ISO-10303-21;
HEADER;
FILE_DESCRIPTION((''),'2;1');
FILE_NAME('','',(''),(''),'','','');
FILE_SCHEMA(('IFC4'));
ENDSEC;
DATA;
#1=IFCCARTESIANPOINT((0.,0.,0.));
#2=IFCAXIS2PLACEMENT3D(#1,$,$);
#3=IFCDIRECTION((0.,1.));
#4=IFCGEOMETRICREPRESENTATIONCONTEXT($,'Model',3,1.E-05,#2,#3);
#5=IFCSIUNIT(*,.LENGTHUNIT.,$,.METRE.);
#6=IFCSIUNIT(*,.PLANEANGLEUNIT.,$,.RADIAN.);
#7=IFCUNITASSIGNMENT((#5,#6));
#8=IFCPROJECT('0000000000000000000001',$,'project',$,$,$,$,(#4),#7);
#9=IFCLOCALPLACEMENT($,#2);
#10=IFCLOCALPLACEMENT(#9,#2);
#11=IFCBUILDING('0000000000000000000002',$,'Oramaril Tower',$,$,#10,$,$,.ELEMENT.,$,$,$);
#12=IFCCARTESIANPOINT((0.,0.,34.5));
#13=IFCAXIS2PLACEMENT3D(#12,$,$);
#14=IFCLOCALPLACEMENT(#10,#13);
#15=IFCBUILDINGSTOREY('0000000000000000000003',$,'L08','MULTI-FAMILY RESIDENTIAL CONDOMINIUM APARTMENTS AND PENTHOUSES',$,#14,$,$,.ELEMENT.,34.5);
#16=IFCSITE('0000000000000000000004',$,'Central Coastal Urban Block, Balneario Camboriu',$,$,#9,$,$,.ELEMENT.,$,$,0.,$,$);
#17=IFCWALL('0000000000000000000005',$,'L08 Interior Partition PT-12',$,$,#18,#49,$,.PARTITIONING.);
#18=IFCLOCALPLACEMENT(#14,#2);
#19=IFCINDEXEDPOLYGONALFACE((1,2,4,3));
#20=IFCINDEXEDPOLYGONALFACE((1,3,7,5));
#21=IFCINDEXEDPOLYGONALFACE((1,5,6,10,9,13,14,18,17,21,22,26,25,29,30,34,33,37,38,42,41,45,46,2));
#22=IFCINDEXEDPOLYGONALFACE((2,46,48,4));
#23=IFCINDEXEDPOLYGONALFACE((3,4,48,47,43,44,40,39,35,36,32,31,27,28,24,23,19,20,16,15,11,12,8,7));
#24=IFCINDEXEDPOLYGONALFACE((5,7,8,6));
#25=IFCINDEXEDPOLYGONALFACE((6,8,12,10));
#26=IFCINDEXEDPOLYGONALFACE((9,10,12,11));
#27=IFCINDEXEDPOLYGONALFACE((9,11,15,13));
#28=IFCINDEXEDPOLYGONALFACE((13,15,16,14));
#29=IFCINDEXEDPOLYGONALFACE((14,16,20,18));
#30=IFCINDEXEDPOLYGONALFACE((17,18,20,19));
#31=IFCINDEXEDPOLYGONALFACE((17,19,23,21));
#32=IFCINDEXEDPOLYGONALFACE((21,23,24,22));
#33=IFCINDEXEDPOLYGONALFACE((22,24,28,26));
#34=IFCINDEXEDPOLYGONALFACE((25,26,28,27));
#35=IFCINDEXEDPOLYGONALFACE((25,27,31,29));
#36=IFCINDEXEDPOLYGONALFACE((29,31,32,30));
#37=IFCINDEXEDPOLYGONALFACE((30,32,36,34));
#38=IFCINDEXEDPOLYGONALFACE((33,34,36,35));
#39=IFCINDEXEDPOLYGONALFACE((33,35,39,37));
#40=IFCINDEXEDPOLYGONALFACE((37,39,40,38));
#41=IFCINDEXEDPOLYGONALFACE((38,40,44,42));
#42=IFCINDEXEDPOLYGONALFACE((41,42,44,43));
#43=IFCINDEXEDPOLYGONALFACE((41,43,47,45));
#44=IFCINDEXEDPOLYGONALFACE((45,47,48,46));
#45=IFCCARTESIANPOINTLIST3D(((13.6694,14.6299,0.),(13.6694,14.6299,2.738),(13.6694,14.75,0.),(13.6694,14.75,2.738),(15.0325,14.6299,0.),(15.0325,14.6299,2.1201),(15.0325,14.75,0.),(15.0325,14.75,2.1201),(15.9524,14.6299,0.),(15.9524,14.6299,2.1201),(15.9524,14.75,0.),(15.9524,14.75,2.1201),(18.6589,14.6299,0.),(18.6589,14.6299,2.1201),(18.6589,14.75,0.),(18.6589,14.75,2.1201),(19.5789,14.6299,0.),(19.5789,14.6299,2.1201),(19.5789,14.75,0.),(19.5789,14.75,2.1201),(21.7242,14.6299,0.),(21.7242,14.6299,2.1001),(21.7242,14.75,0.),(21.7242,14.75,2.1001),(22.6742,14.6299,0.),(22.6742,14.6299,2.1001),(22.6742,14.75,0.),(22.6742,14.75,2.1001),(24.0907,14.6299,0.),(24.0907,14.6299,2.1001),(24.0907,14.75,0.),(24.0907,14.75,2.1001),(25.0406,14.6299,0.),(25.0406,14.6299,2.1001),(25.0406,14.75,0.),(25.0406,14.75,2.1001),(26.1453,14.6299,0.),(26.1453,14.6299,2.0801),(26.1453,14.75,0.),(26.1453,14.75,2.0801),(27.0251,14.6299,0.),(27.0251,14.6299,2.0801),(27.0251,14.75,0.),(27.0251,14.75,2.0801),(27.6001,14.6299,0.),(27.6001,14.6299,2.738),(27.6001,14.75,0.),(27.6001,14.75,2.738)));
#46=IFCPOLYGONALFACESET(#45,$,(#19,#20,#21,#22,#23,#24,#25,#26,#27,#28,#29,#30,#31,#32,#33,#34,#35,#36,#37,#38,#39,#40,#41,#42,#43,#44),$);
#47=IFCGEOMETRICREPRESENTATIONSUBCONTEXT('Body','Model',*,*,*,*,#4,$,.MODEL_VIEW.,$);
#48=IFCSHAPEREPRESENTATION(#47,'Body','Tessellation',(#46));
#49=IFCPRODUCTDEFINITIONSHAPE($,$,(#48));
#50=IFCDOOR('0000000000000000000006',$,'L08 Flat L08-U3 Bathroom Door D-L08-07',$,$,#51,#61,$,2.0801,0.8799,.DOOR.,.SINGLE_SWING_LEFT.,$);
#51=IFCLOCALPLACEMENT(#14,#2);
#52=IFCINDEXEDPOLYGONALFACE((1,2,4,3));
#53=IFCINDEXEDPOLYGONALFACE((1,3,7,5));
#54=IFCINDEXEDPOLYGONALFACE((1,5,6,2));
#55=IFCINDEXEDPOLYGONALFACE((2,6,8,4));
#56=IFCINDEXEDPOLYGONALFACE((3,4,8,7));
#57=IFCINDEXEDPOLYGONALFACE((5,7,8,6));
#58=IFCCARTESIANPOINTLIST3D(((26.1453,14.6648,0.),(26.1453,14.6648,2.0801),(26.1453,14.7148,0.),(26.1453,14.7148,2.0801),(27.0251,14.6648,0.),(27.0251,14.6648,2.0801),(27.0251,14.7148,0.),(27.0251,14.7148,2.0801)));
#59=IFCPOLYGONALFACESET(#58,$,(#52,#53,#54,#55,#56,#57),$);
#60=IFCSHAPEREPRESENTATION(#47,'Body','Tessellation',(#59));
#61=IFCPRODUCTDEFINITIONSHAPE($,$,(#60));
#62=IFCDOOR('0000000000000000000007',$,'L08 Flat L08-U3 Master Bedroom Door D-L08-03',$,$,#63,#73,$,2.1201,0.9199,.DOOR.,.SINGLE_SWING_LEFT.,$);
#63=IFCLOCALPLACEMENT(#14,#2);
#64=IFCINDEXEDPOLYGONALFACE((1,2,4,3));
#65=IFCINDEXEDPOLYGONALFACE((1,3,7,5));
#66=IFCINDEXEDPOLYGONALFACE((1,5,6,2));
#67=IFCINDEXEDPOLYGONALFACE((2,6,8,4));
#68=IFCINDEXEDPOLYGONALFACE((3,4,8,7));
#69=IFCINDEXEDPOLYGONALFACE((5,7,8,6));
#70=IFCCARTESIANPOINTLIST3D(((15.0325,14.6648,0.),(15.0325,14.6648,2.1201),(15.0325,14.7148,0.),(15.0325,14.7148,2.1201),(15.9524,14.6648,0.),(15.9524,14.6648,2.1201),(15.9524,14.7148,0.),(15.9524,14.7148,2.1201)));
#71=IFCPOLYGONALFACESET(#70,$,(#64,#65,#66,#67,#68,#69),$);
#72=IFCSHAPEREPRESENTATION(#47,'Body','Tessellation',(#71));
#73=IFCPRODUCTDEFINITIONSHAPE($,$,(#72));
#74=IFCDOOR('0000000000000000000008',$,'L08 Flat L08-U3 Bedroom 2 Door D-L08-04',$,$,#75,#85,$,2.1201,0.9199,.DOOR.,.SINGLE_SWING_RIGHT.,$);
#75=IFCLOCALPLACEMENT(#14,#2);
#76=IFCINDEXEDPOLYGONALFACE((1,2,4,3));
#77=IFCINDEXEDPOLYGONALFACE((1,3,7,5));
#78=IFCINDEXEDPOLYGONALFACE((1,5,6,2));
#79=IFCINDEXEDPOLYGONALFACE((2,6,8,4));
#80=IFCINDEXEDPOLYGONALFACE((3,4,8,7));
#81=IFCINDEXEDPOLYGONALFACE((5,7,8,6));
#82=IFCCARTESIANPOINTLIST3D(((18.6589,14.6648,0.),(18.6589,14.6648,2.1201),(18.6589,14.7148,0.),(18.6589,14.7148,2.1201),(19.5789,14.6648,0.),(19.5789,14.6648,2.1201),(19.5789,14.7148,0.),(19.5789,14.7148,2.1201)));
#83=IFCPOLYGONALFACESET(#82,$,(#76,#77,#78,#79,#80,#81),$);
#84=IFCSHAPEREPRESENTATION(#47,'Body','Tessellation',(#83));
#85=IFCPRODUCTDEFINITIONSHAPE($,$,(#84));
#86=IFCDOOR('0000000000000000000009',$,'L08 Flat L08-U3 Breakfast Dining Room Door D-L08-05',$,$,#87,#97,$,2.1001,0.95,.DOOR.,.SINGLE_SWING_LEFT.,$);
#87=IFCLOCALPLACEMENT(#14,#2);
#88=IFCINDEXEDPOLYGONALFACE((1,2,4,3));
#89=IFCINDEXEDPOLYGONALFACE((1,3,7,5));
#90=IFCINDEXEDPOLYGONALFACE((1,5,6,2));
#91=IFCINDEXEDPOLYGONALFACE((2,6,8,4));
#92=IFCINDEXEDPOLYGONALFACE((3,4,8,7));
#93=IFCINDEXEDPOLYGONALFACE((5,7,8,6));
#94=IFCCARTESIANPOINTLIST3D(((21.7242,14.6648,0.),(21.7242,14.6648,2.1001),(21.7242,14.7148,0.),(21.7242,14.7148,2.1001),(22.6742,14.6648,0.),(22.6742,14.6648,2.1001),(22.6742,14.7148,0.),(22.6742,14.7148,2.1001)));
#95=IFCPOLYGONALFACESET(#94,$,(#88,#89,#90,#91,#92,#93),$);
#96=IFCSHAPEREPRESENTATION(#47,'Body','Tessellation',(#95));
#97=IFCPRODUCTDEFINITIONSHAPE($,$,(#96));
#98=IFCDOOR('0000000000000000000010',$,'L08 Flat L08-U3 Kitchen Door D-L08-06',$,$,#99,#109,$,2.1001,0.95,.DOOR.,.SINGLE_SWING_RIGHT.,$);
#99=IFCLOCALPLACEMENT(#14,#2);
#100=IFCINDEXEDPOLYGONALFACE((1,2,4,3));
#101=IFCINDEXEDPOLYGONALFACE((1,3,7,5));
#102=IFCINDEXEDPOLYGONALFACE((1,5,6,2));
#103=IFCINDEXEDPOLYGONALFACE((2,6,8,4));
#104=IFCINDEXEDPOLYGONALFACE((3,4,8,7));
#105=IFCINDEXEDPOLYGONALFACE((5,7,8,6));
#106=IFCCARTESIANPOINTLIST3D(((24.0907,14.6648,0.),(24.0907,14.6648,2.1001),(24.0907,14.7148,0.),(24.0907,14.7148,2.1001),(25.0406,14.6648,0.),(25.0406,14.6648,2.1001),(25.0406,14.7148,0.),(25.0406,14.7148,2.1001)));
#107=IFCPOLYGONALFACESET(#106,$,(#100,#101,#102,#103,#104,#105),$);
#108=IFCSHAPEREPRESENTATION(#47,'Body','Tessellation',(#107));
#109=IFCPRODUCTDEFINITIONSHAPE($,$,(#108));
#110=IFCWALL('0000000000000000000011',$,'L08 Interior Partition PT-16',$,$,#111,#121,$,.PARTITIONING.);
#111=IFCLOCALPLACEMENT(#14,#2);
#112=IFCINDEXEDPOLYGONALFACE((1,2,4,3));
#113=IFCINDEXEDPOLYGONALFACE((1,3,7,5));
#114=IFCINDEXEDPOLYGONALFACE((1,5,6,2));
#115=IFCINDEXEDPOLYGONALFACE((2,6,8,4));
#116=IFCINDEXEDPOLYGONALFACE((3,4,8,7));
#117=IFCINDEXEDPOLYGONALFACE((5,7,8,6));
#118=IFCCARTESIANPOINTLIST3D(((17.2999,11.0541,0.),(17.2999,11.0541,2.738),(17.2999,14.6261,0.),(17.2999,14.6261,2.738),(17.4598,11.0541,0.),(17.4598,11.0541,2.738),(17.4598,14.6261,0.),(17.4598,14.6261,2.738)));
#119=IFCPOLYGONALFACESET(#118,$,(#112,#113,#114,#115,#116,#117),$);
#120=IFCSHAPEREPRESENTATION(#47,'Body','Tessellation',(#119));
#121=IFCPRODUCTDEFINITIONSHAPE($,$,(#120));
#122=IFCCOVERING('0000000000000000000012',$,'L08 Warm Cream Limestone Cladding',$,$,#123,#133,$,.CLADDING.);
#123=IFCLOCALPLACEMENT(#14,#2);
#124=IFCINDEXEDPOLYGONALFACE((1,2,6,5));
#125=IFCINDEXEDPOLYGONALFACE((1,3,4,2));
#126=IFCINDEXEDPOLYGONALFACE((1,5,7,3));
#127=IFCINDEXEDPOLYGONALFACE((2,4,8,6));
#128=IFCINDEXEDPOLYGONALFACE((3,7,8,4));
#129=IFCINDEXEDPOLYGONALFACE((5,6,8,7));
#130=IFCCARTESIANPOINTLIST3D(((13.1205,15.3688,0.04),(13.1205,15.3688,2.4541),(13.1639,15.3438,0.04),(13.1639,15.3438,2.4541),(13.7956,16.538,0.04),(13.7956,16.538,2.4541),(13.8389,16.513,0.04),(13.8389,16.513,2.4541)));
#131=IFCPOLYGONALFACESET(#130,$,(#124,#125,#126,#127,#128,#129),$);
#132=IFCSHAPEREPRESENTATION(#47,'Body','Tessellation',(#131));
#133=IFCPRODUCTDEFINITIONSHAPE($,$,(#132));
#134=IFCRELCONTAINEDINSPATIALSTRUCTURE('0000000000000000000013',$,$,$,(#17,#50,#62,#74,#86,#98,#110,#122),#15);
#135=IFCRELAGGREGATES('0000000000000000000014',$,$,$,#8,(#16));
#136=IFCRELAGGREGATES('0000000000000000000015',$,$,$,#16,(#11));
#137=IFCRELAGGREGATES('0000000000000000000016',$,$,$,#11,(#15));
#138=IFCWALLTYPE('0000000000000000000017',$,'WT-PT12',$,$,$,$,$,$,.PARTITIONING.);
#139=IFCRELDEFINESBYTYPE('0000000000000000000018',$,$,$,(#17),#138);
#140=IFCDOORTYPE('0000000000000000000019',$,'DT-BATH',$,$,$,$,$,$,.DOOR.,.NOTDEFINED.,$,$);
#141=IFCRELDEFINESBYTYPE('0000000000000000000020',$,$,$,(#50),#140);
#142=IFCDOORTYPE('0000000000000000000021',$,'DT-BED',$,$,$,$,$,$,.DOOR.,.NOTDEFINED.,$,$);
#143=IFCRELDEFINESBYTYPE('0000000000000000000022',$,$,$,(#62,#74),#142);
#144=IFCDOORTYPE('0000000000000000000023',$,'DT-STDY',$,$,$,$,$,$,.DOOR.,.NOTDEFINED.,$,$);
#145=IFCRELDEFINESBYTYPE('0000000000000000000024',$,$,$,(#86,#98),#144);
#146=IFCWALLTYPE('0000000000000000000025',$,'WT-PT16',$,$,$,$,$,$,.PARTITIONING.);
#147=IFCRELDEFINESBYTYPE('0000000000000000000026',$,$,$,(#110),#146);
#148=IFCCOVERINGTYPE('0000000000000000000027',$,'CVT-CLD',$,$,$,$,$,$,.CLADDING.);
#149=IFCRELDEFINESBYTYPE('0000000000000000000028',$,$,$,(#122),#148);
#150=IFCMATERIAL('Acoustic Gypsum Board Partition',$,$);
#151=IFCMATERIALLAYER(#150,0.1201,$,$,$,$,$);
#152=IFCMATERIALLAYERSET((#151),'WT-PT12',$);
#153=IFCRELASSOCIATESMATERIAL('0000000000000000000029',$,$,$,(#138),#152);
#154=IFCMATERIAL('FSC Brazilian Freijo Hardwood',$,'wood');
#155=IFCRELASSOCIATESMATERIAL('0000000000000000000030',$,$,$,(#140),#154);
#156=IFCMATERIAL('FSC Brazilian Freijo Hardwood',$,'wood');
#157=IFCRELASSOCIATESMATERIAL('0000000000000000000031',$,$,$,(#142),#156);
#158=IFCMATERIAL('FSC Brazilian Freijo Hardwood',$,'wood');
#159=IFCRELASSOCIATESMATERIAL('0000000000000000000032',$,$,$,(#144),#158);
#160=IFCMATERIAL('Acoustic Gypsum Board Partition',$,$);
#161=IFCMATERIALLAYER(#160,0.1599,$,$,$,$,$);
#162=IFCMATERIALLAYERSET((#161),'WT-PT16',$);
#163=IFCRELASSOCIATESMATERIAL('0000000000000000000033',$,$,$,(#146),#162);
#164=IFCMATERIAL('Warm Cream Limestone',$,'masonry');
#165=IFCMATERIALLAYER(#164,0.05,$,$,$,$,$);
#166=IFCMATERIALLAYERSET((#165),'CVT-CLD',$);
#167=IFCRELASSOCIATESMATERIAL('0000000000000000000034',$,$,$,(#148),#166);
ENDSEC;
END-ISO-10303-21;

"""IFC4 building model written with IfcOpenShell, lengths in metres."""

from ifc_helpers import new_model, si_unit, direction, frame, frame_2d, origin, origin_2d, place, context, subcontext, project, spatial, rectangle, extrude, material, layer, layer_set, type_object, element, fill, save


model = new_model("IFC4")

# Units and contexts
model_context = context("Model", 3, precision=1e-05, world=origin(), true_north=direction((0.0, 1.0)))
body_context = subcontext(model_context, "Body", "Model", "MODEL_VIEW")
ifc_project = project(units=[si_unit("LENGTHUNIT", "METRE"), si_unit("PLANEANGLEUNIT", "RADIAN")], contexts=[model_context])

# Site, building, storey
site_placement = place(None, origin())
site = spatial("IfcSite", under=ifc_project, at=site_placement, Name="Central Coastal Urban Block, Balneario Camboriu", CompositionType="ELEMENT", RefElevation=0.0)
building_placement = place(site_placement, origin())
building = spatial("IfcBuilding", under=site, at=building_placement, Name="Oramaril Tower", CompositionType="ELEMENT")
storey_placement = place(building_placement, frame((0.0, 0.0, 34.5)))
storey = spatial("IfcBuildingStorey", under=building, at=storey_placement, Name="L08", Description="MULTI-FAMILY RESIDENTIAL CONDOMINIUM APARTMENTS AND PENTHOUSES", CompositionType="ELEMENT", Elevation=34.5)

# Wall, openings, doors
ifc_material_1 = material(Name="Acoustic Gypsum Board Partition")
ifc_layer_1 = layer(ifc_material_1, 0.1201)
ifc_layer_set_1 = layer_set([ifc_layer_1], Name="WT-PT12")
wall_type_1 = type_object("IfcWallType", Name="WT-PT12", PredefinedType="PARTITIONING", material=ifc_layer_set_1)
wall_1_placement = place(storey_placement, frame((13.6694, 14.6899, 0.0), z_axis=(0.0, 0.0, 1.0), x_axis=(1.0, 0.0, 0.0)))
wall_1 = element("IfcWall", 1, at=wall_1_placement, inside=storey, type_object=wall_type_1, Name="L08 Interior Partition PT-12", PredefinedType="PARTITIONING", context=body_context, shape_type="SweptSolid", body=[
    extrude(rectangle(XDim=13.9307, YDim=0.1201, at=frame_2d((6.9653, 0.0))), origin(), (0.0, 0.0, 1.0), 2.738),
])
opening_1_placement = place(wall_1_placement, frame((1.363, 0.0, 0.0)))
opening_1 = element("IfcOpeningElement", 2, at=opening_1_placement, cuts=wall_1, PredefinedType="OPENING", context=body_context, shape_type="SweptSolid", body=[
    extrude(rectangle(XDim=0.9199, YDim=2.1201, at=frame_2d((0.46, 1.0601))), frame((0.0, 0.0601, 0.0), z_axis=(0.0, -1.0, 0.0), x_axis=(1.0, 0.0, 0.0)), (0.0, 0.0, 1.0), 0.1201),
])
opening_2_placement = place(wall_1_placement, frame((4.9895, 0.0, 0.0)))
opening_2 = element("IfcOpeningElement", 3, at=opening_2_placement, cuts=wall_1, PredefinedType="OPENING", context=body_context, shape_type="SweptSolid", body=[
    extrude(rectangle(XDim=0.9199, YDim=2.1201, at=frame_2d((0.46, 1.0601))), frame((0.0, 0.0601, 0.0), z_axis=(0.0, -1.0, 0.0), x_axis=(1.0, 0.0, 0.0)), (0.0, 0.0, 1.0), 0.1201),
])
opening_3_placement = place(wall_1_placement, frame((8.0547, 0.0, 0.0)))
opening_3 = element("IfcOpeningElement", 4, at=opening_3_placement, cuts=wall_1, PredefinedType="OPENING", context=body_context, shape_type="SweptSolid", body=[
    extrude(rectangle(XDim=0.95, YDim=2.1001, at=frame_2d((0.4751, 1.05))), frame((0.0, 0.0601, 0.0), z_axis=(0.0, -1.0, 0.0), x_axis=(1.0, 0.0, 0.0)), (0.0, 0.0, 1.0), 0.1201),
])
opening_4_placement = place(wall_1_placement, frame((10.4211, 0.0, 0.0)))
opening_4 = element("IfcOpeningElement", 5, at=opening_4_placement, cuts=wall_1, PredefinedType="OPENING", context=body_context, shape_type="SweptSolid", body=[
    extrude(rectangle(XDim=0.95, YDim=2.1001, at=frame_2d((0.4751, 1.05))), frame((0.0, 0.0601, 0.0), z_axis=(0.0, -1.0, 0.0), x_axis=(1.0, 0.0, 0.0)), (0.0, 0.0, 1.0), 0.1201),
])
opening_5_placement = place(wall_1_placement, frame((12.4758, 0.0, 0.0)))
opening_5 = element("IfcOpeningElement", 6, at=opening_5_placement, cuts=wall_1, PredefinedType="OPENING", context=body_context, shape_type="SweptSolid", body=[
    extrude(rectangle(XDim=0.8799, YDim=2.0801, at=frame_2d((0.4399, 1.04))), frame((0.0, 0.0601, 0.0), z_axis=(0.0, -1.0, 0.0), x_axis=(1.0, 0.0, 0.0)), (0.0, 0.0, 1.0), 0.1201),
])
ifc_material_2 = material(Name="FSC Brazilian Freijo Hardwood", Category="wood")
door_type_1 = type_object("IfcDoorType", Name="DT-BATH", OperationType="NOTDEFINED", PredefinedType="DOOR", material=ifc_material_2)
door_1_placement = place(opening_5_placement, origin())
door_1 = element("IfcDoor", 7, at=door_1_placement, inside=storey, type_object=door_type_1, Name="L08 Flat L08-U3 Bathroom Door D-L08-07", OperationType="SINGLE_SWING_LEFT", OverallHeight=2.0801, OverallWidth=0.8799, PredefinedType="DOOR", context=body_context, shape_type="SweptSolid", body=[
    extrude(rectangle(XDim=0.8799, YDim=2.0801, at=frame_2d((0.4399, 1.04))), frame((0.0, 0.0249, 0.0), z_axis=(0.0, -1.0, 0.0), x_axis=(1.0, 0.0, 0.0)), (0.0, 0.0, 1.0), 0.05),
])
fill(opening_5, door_1)
ifc_material_3 = material(Name="FSC Brazilian Freijo Hardwood", Category="wood")
door_type_2 = type_object("IfcDoorType", Name="DT-BED", OperationType="NOTDEFINED", PredefinedType="DOOR", material=ifc_material_3)
door_2_placement = place(opening_1_placement, origin())
door_2 = element("IfcDoor", 8, at=door_2_placement, inside=storey, type_object=door_type_2, Name="L08 Flat L08-U3 Master Bedroom Door D-L08-03", OperationType="SINGLE_SWING_LEFT", OverallHeight=2.1201, OverallWidth=0.9199, PredefinedType="DOOR", context=body_context, shape_type="SweptSolid", body=[
    extrude(rectangle(XDim=0.9199, YDim=2.1201, at=frame_2d((0.46, 1.0601))), frame((0.0, 0.0249, 0.0), z_axis=(0.0, -1.0, 0.0), x_axis=(1.0, 0.0, 0.0)), (0.0, 0.0, 1.0), 0.05),
])
fill(opening_1, door_2)
door_3_placement = place(opening_2_placement, origin())
door_3 = element("IfcDoor", 9, at=door_3_placement, inside=storey, type_object=door_type_2, Name="L08 Flat L08-U3 Bedroom 2 Door D-L08-04", OperationType="SINGLE_SWING_RIGHT", OverallHeight=2.1201, OverallWidth=0.9199, PredefinedType="DOOR", context=body_context, shape_type="SweptSolid", body=[
    extrude(rectangle(XDim=0.9199, YDim=2.1201, at=frame_2d((0.46, 1.0601))), frame((0.0, 0.0249, 0.0), z_axis=(0.0, -1.0, 0.0), x_axis=(1.0, 0.0, 0.0)), (0.0, 0.0, 1.0), 0.05),
])
fill(opening_2, door_3)
ifc_material_4 = material(Name="FSC Brazilian Freijo Hardwood", Category="wood")
door_type_3 = type_object("IfcDoorType", Name="DT-STDY", OperationType="NOTDEFINED", PredefinedType="DOOR", material=ifc_material_4)
door_4_placement = place(opening_3_placement, origin())
door_4 = element("IfcDoor", 10, at=door_4_placement, inside=storey, type_object=door_type_3, Name="L08 Flat L08-U3 Breakfast Dining Room Door D-L08-05", OperationType="SINGLE_SWING_LEFT", OverallHeight=2.1001, OverallWidth=0.95, PredefinedType="DOOR", context=body_context, shape_type="SweptSolid", body=[
    extrude(rectangle(XDim=0.95, YDim=2.1001, at=frame_2d((0.4751, 1.05))), frame((0.0, 0.0249, 0.0), z_axis=(0.0, -1.0, 0.0), x_axis=(1.0, 0.0, 0.0)), (0.0, 0.0, 1.0), 0.05),
])
fill(opening_3, door_4)
door_5_placement = place(opening_4_placement, origin())
door_5 = element("IfcDoor", 11, at=door_5_placement, inside=storey, type_object=door_type_3, Name="L08 Flat L08-U3 Kitchen Door D-L08-06", OperationType="SINGLE_SWING_RIGHT", OverallHeight=2.1001, OverallWidth=0.95, PredefinedType="DOOR", context=body_context, shape_type="SweptSolid", body=[
    extrude(rectangle(XDim=0.95, YDim=2.1001, at=frame_2d((0.4751, 1.05))), frame((0.0, 0.0249, 0.0), z_axis=(0.0, -1.0, 0.0), x_axis=(1.0, 0.0, 0.0)), (0.0, 0.0, 1.0), 0.05),
])
fill(opening_4, door_5)

# Wall
ifc_material_5 = material(Name="Acoustic Gypsum Board Partition")
ifc_layer_2 = layer(ifc_material_5, 0.1599)
ifc_layer_set_2 = layer_set([ifc_layer_2], Name="WT-PT16")
wall_type_2 = type_object("IfcWallType", Name="WT-PT16", PredefinedType="PARTITIONING", material=ifc_layer_set_2)
wall_2_placement = place(storey_placement, frame((17.3799, 11.054, 0.0), z_axis=(0.0, 0.0, 1.0), x_axis=(0.0, 1.0, 0.0)))
element("IfcWall", 12, at=wall_2_placement, inside=storey, type_object=wall_type_2, Name="L08 Interior Partition PT-16", PredefinedType="PARTITIONING", context=body_context, shape_type="SweptSolid", body=[
    extrude(rectangle(XDim=3.572, YDim=0.1599, at=frame_2d((1.7861, 0.0))), origin(), (0.0, 0.0, 1.0), 2.738),
])

# Covering
ifc_material_6 = material(Name="Warm Cream Limestone", Category="masonry")
ifc_layer_3 = layer(ifc_material_6, 0.05)
ifc_layer_set_3 = layer_set([ifc_layer_3], Name="CVT-CLD")
covering_type = type_object("IfcCoveringType", Name="CVT-CLD", PredefinedType="CLADDING", material=ifc_layer_set_3)
covering_placement = place(storey_placement, frame((13.4797, 15.9409, 0.04), z_axis=(0.0, 0.0, 1.0), x_axis=(-0.5, -0.866025, 0.0)))
element("IfcCovering", 13, at=covering_placement, inside=storey, type_object=covering_type, Name="L08 Warm Cream Limestone Cladding", PredefinedType="CLADDING", context=body_context, shape_type="SweptSolid", body=[
    extrude(rectangle(XDim=1.3501, YDim=0.05, at=origin_2d()), origin(), (0.0, 0.0, 1.0), 2.4141),
])

save(model, "model.ifc")
